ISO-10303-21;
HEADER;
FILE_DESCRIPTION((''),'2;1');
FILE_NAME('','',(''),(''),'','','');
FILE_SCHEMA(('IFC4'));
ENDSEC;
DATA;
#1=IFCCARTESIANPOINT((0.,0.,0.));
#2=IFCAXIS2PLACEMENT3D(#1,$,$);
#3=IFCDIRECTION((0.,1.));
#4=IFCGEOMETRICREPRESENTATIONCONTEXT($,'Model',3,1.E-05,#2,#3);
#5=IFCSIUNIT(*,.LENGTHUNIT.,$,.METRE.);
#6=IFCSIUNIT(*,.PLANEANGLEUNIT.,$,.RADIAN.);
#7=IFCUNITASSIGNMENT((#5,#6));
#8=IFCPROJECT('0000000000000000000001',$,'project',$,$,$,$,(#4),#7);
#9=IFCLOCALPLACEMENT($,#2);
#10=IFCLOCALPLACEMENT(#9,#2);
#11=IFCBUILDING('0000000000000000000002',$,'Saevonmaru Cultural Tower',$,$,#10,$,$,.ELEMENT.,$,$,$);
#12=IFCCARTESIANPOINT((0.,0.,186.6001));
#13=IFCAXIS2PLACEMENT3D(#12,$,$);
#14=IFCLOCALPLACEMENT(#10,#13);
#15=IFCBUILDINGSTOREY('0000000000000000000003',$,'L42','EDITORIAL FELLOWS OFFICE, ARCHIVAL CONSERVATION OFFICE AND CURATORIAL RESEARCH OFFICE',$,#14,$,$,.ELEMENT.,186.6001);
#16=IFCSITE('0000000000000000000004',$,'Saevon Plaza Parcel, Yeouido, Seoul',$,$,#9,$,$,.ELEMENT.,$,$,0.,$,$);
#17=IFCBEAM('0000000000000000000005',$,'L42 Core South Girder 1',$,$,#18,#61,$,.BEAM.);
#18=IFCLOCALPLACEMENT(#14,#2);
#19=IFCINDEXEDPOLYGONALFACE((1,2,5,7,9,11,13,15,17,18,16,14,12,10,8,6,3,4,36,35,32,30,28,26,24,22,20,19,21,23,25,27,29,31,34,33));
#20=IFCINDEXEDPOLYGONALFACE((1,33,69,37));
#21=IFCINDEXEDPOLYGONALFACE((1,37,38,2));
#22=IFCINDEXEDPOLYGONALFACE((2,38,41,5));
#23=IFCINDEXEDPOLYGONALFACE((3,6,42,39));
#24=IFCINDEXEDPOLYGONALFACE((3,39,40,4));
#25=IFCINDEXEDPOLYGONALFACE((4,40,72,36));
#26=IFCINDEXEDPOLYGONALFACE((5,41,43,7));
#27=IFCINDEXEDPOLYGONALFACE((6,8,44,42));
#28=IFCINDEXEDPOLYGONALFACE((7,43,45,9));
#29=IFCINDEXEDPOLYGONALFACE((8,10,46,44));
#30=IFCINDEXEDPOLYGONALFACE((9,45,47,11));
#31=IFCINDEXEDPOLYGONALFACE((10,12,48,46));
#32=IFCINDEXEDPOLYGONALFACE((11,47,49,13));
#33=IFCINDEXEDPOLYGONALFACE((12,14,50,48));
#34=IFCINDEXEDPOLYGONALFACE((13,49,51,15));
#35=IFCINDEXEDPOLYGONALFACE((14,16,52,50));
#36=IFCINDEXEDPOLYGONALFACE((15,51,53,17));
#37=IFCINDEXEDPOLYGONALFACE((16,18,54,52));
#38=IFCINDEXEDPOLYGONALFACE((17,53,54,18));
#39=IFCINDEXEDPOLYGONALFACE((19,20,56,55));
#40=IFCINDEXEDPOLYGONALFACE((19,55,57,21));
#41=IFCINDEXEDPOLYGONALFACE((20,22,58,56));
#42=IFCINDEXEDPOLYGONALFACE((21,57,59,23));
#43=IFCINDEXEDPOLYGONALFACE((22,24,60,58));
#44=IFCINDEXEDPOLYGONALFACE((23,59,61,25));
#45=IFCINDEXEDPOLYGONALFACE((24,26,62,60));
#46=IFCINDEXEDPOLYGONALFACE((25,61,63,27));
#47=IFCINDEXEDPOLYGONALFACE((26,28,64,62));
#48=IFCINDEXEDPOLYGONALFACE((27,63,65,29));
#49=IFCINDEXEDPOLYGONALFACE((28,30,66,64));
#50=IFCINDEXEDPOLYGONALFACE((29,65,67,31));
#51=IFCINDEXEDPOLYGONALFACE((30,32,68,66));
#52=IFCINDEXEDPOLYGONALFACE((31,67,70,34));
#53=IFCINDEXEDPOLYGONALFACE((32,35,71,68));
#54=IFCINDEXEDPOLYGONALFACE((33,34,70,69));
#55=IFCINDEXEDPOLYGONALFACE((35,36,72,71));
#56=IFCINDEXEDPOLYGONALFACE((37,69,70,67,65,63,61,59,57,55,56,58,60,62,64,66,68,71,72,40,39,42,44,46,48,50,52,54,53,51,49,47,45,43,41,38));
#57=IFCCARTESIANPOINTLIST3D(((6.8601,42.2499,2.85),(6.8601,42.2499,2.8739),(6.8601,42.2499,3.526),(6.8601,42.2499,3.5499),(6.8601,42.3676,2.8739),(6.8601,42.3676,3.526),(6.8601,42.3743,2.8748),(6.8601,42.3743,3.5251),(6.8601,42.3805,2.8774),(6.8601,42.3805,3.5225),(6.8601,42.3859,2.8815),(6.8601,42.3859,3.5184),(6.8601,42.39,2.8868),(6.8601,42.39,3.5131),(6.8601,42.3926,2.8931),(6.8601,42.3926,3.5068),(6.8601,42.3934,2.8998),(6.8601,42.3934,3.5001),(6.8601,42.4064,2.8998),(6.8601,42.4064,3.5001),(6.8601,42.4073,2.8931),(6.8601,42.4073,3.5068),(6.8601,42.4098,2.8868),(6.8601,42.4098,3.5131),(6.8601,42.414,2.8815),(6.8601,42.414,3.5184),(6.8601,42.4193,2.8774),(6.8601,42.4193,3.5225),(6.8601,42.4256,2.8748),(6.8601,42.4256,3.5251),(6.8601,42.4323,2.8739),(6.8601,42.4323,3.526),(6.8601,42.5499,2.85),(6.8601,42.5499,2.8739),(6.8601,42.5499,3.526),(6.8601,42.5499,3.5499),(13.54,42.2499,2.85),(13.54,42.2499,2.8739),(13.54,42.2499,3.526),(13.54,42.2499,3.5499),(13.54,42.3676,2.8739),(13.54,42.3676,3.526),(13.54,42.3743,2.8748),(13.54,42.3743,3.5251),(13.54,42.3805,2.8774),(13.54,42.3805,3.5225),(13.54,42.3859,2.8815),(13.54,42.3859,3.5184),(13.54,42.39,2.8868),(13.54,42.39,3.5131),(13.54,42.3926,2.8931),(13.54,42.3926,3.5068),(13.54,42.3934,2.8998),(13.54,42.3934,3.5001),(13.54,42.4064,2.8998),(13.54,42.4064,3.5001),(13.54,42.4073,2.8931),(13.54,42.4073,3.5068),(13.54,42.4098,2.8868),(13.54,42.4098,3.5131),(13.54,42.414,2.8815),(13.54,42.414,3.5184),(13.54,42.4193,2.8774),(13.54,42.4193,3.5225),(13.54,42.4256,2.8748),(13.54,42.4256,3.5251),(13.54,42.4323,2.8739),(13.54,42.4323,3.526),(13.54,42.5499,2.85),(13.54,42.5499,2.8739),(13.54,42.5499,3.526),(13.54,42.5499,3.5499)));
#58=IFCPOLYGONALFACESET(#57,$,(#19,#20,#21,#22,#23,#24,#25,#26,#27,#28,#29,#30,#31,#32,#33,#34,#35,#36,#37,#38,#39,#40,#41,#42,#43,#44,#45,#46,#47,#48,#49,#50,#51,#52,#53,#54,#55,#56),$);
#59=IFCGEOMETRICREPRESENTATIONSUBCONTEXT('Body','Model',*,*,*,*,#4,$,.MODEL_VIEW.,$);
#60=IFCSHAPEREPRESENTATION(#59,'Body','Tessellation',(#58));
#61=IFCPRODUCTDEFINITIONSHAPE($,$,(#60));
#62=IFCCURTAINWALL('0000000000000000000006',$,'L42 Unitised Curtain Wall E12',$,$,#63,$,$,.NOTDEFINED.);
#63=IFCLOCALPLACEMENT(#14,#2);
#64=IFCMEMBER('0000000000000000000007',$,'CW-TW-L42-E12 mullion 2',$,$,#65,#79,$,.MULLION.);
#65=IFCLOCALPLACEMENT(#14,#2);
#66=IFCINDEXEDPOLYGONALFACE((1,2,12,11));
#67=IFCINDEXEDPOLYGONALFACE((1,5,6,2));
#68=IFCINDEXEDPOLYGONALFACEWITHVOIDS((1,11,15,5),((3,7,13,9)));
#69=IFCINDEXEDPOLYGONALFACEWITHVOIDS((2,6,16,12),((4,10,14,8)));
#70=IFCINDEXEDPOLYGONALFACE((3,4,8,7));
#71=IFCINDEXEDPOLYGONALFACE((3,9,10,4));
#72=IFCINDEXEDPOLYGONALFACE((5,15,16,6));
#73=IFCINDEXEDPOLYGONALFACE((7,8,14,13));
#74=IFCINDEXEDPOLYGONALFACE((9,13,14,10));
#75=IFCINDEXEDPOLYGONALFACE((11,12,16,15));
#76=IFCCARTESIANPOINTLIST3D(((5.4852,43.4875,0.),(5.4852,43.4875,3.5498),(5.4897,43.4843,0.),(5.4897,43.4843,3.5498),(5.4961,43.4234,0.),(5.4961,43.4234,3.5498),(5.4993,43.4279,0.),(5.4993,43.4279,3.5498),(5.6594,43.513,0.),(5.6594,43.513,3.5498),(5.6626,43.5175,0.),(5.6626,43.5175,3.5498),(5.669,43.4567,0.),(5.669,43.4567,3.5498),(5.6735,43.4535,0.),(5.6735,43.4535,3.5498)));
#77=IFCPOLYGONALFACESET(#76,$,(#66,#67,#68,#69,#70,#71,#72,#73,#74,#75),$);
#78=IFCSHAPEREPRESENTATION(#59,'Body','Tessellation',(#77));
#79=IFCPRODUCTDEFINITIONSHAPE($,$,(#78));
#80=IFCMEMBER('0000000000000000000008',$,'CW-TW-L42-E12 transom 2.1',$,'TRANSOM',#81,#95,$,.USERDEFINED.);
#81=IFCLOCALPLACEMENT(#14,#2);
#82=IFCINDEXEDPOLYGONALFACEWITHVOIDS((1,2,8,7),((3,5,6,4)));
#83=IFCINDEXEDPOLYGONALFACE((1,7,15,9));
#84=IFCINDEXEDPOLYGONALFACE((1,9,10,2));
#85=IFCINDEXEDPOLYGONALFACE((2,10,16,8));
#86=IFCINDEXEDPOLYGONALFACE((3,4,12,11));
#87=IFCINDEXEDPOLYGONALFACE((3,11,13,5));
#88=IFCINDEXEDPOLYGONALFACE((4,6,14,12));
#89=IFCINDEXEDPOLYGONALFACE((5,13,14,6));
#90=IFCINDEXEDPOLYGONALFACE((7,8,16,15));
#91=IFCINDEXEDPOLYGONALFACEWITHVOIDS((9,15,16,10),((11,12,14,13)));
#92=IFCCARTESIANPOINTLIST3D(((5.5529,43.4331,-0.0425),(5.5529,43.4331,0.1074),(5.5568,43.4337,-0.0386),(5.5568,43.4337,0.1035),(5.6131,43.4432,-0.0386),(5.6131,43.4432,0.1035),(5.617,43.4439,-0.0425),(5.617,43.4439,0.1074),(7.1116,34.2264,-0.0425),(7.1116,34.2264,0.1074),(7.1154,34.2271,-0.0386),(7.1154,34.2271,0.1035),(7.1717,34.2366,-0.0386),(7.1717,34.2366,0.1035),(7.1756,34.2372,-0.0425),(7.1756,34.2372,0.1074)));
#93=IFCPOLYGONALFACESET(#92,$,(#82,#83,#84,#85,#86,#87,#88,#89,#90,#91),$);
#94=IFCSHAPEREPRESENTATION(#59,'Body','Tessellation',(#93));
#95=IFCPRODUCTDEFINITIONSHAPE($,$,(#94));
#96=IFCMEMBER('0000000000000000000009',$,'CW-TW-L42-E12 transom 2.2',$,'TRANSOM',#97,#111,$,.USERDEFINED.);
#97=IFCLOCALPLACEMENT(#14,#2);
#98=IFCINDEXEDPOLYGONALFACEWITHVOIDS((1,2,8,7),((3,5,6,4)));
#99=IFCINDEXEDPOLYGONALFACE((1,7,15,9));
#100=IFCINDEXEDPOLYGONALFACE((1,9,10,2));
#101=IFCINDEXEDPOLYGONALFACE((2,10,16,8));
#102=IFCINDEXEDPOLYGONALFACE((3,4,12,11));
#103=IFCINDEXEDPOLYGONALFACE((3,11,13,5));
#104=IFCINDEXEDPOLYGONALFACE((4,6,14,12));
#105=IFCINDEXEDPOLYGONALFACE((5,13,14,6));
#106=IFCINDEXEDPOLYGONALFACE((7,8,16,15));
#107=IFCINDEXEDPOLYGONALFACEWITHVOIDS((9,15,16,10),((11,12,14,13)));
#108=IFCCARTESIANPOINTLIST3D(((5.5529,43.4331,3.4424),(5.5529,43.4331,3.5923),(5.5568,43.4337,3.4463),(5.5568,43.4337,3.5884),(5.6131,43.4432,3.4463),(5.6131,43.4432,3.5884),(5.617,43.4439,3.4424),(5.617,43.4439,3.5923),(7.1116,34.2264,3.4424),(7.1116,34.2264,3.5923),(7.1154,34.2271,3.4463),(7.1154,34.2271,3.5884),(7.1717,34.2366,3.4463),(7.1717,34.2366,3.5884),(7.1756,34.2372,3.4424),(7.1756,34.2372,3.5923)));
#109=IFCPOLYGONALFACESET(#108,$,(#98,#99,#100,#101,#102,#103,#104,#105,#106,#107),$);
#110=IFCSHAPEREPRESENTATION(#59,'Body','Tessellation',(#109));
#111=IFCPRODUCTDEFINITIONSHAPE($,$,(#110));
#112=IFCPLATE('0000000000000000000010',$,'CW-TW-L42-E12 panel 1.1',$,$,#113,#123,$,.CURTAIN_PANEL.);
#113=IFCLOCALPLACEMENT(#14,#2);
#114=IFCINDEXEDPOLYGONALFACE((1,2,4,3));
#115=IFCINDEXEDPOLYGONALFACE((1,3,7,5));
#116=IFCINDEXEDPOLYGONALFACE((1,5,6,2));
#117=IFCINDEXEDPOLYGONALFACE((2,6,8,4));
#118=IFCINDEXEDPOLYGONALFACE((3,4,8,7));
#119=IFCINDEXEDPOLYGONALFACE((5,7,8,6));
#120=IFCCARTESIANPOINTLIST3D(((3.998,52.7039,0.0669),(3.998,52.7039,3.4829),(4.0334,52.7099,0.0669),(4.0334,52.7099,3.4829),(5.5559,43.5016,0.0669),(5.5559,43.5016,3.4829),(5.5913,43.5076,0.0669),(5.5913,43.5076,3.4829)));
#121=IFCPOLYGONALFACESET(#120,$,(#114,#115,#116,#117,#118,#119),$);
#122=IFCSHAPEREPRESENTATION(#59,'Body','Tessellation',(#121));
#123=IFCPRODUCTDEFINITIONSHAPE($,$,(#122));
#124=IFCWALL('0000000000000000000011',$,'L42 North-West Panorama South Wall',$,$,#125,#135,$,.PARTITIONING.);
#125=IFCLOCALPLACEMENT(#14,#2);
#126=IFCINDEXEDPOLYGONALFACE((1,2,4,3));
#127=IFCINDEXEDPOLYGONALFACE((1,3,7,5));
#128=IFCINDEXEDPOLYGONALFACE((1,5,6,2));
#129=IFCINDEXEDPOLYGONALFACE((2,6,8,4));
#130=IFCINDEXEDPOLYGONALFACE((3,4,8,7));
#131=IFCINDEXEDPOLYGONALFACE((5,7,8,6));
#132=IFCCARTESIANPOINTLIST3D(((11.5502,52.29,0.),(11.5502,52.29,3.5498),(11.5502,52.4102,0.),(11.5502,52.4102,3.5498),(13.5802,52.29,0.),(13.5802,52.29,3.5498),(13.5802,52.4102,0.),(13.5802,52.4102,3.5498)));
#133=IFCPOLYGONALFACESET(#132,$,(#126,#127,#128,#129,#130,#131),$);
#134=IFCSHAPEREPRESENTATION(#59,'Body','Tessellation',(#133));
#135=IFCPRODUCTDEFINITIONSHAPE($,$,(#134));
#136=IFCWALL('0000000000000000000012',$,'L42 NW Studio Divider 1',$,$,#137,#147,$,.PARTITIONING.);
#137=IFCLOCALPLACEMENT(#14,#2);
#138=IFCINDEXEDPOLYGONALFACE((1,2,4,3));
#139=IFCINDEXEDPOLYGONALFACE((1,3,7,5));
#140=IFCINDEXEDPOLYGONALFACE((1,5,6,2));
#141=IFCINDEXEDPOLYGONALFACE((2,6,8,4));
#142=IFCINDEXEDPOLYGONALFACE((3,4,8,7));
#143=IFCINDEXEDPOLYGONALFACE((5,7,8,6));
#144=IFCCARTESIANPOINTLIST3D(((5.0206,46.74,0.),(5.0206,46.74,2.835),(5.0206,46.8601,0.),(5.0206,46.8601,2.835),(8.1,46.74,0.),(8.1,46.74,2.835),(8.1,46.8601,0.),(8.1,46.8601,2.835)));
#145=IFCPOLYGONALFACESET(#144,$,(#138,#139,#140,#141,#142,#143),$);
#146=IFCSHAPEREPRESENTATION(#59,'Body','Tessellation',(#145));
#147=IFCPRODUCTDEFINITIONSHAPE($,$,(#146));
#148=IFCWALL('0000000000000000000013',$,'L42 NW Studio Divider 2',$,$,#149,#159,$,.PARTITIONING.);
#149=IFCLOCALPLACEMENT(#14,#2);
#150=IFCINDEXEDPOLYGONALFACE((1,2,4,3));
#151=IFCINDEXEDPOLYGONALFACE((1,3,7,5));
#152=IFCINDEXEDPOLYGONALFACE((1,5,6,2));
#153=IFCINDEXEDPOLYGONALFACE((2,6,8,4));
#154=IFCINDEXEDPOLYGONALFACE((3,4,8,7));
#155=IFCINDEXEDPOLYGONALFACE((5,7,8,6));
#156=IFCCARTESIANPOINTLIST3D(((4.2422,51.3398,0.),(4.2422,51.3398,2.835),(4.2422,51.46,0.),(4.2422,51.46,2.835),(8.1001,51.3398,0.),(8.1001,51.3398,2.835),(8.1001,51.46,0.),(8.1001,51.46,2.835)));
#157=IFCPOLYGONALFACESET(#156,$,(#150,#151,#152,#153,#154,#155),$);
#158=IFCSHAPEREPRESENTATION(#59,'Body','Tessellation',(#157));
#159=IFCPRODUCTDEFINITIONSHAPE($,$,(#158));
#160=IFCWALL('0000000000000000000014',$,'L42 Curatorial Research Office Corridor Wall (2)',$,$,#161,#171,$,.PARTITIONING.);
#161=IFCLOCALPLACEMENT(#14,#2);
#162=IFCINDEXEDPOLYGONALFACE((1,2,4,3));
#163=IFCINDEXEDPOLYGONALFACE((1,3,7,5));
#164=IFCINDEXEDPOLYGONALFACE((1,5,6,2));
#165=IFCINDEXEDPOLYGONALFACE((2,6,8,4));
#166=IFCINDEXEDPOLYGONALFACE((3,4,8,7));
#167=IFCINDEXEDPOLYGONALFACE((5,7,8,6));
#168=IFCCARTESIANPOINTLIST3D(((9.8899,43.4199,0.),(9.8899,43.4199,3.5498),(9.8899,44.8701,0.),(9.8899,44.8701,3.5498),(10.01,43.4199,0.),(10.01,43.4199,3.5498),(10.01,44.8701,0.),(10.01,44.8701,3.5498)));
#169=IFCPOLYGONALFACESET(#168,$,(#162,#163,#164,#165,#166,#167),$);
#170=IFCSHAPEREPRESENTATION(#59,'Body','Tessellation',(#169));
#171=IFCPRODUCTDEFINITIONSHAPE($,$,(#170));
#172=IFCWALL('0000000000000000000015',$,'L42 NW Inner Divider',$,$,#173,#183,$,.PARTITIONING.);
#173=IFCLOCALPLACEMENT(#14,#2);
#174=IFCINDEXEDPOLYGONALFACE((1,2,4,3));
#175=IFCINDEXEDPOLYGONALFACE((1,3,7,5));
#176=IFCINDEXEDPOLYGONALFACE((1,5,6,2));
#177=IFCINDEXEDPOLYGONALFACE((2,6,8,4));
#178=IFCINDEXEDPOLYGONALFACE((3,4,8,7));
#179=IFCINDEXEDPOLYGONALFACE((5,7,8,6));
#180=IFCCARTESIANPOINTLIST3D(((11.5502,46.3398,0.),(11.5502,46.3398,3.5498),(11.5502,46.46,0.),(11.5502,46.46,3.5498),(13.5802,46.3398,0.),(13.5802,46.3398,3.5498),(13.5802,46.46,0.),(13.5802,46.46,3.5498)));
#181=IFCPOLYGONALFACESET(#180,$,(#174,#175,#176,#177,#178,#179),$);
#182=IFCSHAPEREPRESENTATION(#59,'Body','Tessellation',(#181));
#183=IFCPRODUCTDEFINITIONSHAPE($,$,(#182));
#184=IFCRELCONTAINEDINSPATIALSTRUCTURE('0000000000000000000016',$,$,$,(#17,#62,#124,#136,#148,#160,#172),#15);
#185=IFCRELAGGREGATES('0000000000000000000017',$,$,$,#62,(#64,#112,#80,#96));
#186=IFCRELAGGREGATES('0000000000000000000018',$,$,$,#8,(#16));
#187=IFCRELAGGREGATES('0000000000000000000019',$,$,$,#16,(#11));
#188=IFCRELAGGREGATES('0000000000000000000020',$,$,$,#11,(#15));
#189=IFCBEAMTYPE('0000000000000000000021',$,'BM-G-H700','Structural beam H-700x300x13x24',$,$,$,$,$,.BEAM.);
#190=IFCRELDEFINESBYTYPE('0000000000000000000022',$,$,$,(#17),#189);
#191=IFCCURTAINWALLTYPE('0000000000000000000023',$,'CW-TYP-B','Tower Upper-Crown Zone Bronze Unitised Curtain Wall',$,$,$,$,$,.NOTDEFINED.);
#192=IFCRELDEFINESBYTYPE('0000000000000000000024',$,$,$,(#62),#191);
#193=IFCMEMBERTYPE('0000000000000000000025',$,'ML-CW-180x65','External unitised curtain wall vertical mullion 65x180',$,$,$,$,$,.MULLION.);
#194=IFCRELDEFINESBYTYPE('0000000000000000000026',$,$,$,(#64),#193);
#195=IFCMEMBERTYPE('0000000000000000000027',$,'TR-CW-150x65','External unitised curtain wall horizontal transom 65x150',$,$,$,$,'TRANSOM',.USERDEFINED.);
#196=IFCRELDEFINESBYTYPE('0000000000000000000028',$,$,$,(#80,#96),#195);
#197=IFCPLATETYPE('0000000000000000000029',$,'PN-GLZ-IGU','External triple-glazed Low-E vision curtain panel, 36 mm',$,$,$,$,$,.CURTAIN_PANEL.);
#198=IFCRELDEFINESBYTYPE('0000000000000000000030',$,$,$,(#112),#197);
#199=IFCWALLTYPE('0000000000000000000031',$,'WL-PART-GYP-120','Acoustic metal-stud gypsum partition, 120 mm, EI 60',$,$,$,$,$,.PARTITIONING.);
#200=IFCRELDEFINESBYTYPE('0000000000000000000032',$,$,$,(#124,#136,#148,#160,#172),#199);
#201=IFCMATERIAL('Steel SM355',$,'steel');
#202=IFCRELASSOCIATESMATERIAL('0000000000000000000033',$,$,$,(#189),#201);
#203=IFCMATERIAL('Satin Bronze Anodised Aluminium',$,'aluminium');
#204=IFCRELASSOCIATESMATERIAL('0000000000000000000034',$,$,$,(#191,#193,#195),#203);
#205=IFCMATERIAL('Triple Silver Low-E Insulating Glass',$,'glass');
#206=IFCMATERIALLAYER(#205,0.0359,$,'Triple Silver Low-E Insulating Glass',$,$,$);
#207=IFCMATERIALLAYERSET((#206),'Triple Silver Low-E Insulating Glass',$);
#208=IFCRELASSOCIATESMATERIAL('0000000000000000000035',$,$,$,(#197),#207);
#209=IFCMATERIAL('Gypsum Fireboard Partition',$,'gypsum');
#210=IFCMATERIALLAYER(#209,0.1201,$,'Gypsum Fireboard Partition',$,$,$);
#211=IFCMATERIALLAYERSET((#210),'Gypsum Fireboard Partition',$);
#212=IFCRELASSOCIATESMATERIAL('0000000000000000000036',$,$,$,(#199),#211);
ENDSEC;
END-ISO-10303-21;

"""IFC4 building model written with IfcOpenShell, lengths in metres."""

from ifc_helpers import new_model, si_unit, direction, frame, frame_2d, origin, origin_2d, place, context, subcontext, project, spatial, rectangle, hollow_rectangle, i_section, extrude, material, layer, layer_set, material_profile, profile_set, type_object, element, aggregate, save


model = new_model("IFC4")

# Units and contexts
model_context = context("Model", 3, precision=1e-05, world=origin(), true_north=direction((0.0, 1.0)))
body_context = subcontext(model_context, "Body", "Model", "MODEL_VIEW")
ifc_project = project(units=[si_unit("LENGTHUNIT", "METRE"), si_unit("PLANEANGLEUNIT", "RADIAN")], contexts=[model_context])

# Site, building, storey
site_placement = place(None, origin())
site = spatial("IfcSite", under=ifc_project, at=site_placement, Name="Saevon Plaza Parcel, Yeouido, Seoul", CompositionType="ELEMENT", RefElevation=0.0)
building_placement = place(site_placement, origin())
building = spatial("IfcBuilding", under=site, at=building_placement, Name="Saevonmaru Cultural Tower", CompositionType="ELEMENT")
storey_placement = place(building_placement, frame((0.0, 0.0, 186.6001)))
storey = spatial("IfcBuildingStorey", under=building, at=storey_placement, Name="L42", Description="EDITORIAL FELLOWS OFFICE, ARCHIVAL CONSERVATION OFFICE AND CURATORIAL RESEARCH OFFICE", CompositionType="ELEMENT", Elevation=186.6001)

# Beam
ifc_material_1 = material(Name="Steel SM355", Category="steel")
ifc_material_profile_1 = material_profile(ifc_material_1, i_section(OverallWidth=0.3, OverallDepth=0.7, WebThickness=0.0129, FlangeThickness=0.0239, FilletRadius=0.0259, at=origin_2d()), Name="H-700x300x13x24")
ifc_profile_set_1 = profile_set([ifc_material_profile_1], Name="Steel SM355")
beam_type = type_object("IfcBeamType", Name="BM-G-H700", Description="Structural beam H-700x300x13x24", PredefinedType="BEAM", material=ifc_profile_set_1)
beam_placement = place(storey_placement, frame((6.8601, 42.3999, 3.2), z_axis=(1.0, 0.0, 0.0), x_axis=(0.0, 1.0, 0.0)))
element("IfcBeam", 1, at=beam_placement, inside=storey, type_object=beam_type, Name="L42 Core South Girder 1", PredefinedType="BEAM", context=body_context, shape_type="SweptSolid", body=[
    extrude(i_section(OverallWidth=0.3, OverallDepth=0.7, WebThickness=0.0129, FlangeThickness=0.0239, FilletRadius=0.0259, at=origin_2d()), origin(), (0.0, 0.0, 1.0), 6.6799),
])

# Curtain wall, members, plate
ifc_material_2 = material(Name="Satin Bronze Anodised Aluminium", Category="aluminium")
curtain_wall_type = type_object("IfcCurtainWallType", Name="CW-TYP-B", Description="Tower Upper-Crown Zone Bronze Unitised Curtain Wall", PredefinedType="NOTDEFINED", material=ifc_material_2)
curtain_wall_placement = place(storey_placement, origin())
curtain_wall = element("IfcCurtainWall", 2, at=curtain_wall_placement, inside=storey, type_object=curtain_wall_type, Name="L42 Unitised Curtain Wall E12", PredefinedType="NOTDEFINED")
ifc_material_profile_2 = material_profile(ifc_material_2, hollow_rectangle(XDim=0.0649, YDim=0.1799, WallThickness=0.0039, at=origin_2d()), Name="ALU-MULL-180x65x4")
ifc_profile_set_2 = profile_set([ifc_material_profile_2], Name="Satin Bronze Anodised Aluminium")
member_type_1 = type_object("IfcMemberType", Name="ML-CW-180x65", Description="External unitised curtain wall vertical mullion 65x180", PredefinedType="MULLION", material=ifc_profile_set_2)
member_1_placement = place(storey_placement, frame((5.5793, 43.4705, 0.0), z_axis=(0.0, 0.0, 1.0), x_axis=(0.166922, -0.98597, 0.0)))
member_1 = element("IfcMember", 3, at=member_1_placement, type_object=member_type_1, Name="CW-TW-L42-E12 mullion 2", PredefinedType="MULLION", context=body_context, shape_type="SweptSolid", body=[
    extrude(hollow_rectangle(XDim=0.0649, YDim=0.1799, WallThickness=0.0039, at=origin_2d()), origin(), (0.0, 0.0, 1.0), 3.5498),
])
ifc_material_profile_3 = material_profile(ifc_material_2, hollow_rectangle(XDim=0.0649, YDim=0.1499, WallThickness=0.0039, at=origin_2d()), Name="ALU-TRAN-150x65x4")
ifc_profile_set_3 = profile_set([ifc_material_profile_3], Name="Satin Bronze Anodised Aluminium")
member_type_2 = type_object("IfcMemberType", Name="TR-CW-150x65", Description="External unitised curtain wall horizontal transom 65x150", ElementType="TRANSOM", PredefinedType="USERDEFINED", material=ifc_profile_set_3)
member_2_placement = place(storey_placement, frame((5.585, 43.4385, 0.0325), z_axis=(0.166917, -0.985971, 0.0), x_axis=(0.985971, 0.166917, 0.0)))
member_2 = element("IfcMember", 4, at=member_2_placement, type_object=member_type_2, Name="CW-TW-L42-E12 transom 2.1", ObjectType="TRANSOM", PredefinedType="USERDEFINED", context=body_context, shape_type="SweptSolid", body=[
    extrude(hollow_rectangle(XDim=0.0649, YDim=0.1499, WallThickness=0.0039, at=origin_2d()), origin(), (0.0, 0.0, 1.0), 9.3376),
])
member_3_placement = place(storey_placement, frame((5.585, 43.4385, 3.5173), z_axis=(0.166917, -0.985971, 0.0), x_axis=(0.985971, 0.166917, 0.0)))
member_3 = element("IfcMember", 5, at=member_3_placement, type_object=member_type_2, Name="CW-TW-L42-E12 transom 2.2", ObjectType="TRANSOM", PredefinedType="USERDEFINED", context=body_context, shape_type="SweptSolid", body=[
    extrude(hollow_rectangle(XDim=0.0649, YDim=0.1499, WallThickness=0.0039, at=origin_2d()), origin(), (0.0, 0.0, 1.0), 9.3376),
])
ifc_material_3 = material(Name="Triple Silver Low-E Insulating Glass", Category="glass")
ifc_layer_1 = layer(ifc_material_3, 0.0359, Name="Triple Silver Low-E Insulating Glass")
ifc_layer_set_1 = layer_set([ifc_layer_1], Name="Triple Silver Low-E Insulating Glass")
plate_type = type_object("IfcPlateType", Name="PN-GLZ-IGU", Description="External triple-glazed Low-E vision curtain panel, 36 mm", PredefinedType="CURTAIN_PANEL", material=ifc_layer_set_1)
plate_placement = place(storey_placement, frame((4.7947, 48.1057, 0.0669), z_axis=(0.0, 0.0, 1.0), x_axis=(0.166922, -0.98597, 0.0)))
plate = element("IfcPlate", 6, at=plate_placement, type_object=plate_type, Name="CW-TW-L42-E12 panel 1.1", PredefinedType="CURTAIN_PANEL", context=body_context, shape_type="SweptSolid", body=[
    extrude(rectangle(XDim=9.3333, YDim=0.0359, at=origin_2d()), origin(), (0.0, 0.0, 1.0), 3.416),
])
aggregate(curtain_wall, [member_1, plate, member_2, member_3])

# Walls
ifc_material_4 = material(Name="Gypsum Fireboard Partition", Category="gypsum")
ifc_layer_2 = layer(ifc_material_4, 0.1201, Name="Gypsum Fireboard Partition")
ifc_layer_set_2 = layer_set([ifc_layer_2], Name="Gypsum Fireboard Partition")
wall_type_1 = type_object("IfcWallType", Name="WL-PART-GYP-120", Description="Acoustic metal-stud gypsum partition, 120 mm, EI 60", PredefinedType="PARTITIONING", material=ifc_layer_set_2)
wall_1_placement = place(storey_placement, frame((11.55, 52.3501, 0.0), z_axis=(0.0, 0.0, 1.0), x_axis=(1.0, 0.0, 0.0)))
element("IfcWall", 7, at=wall_1_placement, inside=storey, type_object=wall_type_1, Name="L42 North-West Panorama South Wall", PredefinedType="PARTITIONING", context=body_context, shape_type="SweptSolid", body=[
    extrude(rectangle(XDim=2.03, YDim=0.1201, at=frame_2d((1.0151, 0.0))), origin(), (0.0, 0.0, 1.0), 3.5498),
])
wall_2_placement = place(storey_placement, frame((5.0208, 46.8, 0.0), z_axis=(0.0, 0.0, 1.0), x_axis=(1.0, 0.0, 0.0)))
element("IfcWall", 8, at=wall_2_placement, inside=storey, type_object=wall_type_1, Name="L42 NW Studio Divider 1", PredefinedType="PARTITIONING", context=body_context, shape_type="SweptSolid", body=[
    extrude(rectangle(XDim=3.0793, YDim=0.1201, at=frame_2d((1.5396, 0.0))), origin(), (0.0, 0.0, 1.0), 2.835),
])
wall_3_placement = place(storey_placement, frame((4.2422, 51.3999, 0.0), z_axis=(0.0, 0.0, 1.0), x_axis=(1.0, 0.0, 0.0)))
element("IfcWall", 9, at=wall_3_placement, inside=storey, type_object=wall_type_1, Name="L42 NW Studio Divider 2", PredefinedType="PARTITIONING", context=body_context, shape_type="SweptSolid", body=[
    extrude(rectangle(XDim=3.8579, YDim=0.1201, at=frame_2d((1.929, 0.0))), origin(), (0.0, 0.0, 1.0), 2.835),
])
wall_4_placement = place(storey_placement, frame((9.95, 43.4199, 0.0), z_axis=(0.0, 0.0, 1.0), x_axis=(0.0, 1.0, 0.0)))
element("IfcWall", 10, at=wall_4_placement, inside=storey, type_object=wall_type_1, Name="L42 Curatorial Research Office Corridor Wall (2)", PredefinedType="PARTITIONING", context=body_context, shape_type="SweptSolid", body=[
    extrude(rectangle(XDim=1.4502, YDim=0.1201, at=frame_2d((0.7251, 0.0))), origin(), (0.0, 0.0, 1.0), 3.5498),
])
wall_5_placement = place(storey_placement, frame((11.55, 46.3999, 0.0), z_axis=(0.0, 0.0, 1.0), x_axis=(1.0, 0.0, 0.0)))
element("IfcWall", 11, at=wall_5_placement, inside=storey, type_object=wall_type_1, Name="L42 NW Inner Divider", PredefinedType="PARTITIONING", context=body_context, shape_type="SweptSolid", body=[
    extrude(rectangle(XDim=2.03, YDim=0.1201, at=frame_2d((1.0151, 0.0))), origin(), (0.0, 0.0, 1.0), 3.5498),
])

save(model, "model.ifc")
